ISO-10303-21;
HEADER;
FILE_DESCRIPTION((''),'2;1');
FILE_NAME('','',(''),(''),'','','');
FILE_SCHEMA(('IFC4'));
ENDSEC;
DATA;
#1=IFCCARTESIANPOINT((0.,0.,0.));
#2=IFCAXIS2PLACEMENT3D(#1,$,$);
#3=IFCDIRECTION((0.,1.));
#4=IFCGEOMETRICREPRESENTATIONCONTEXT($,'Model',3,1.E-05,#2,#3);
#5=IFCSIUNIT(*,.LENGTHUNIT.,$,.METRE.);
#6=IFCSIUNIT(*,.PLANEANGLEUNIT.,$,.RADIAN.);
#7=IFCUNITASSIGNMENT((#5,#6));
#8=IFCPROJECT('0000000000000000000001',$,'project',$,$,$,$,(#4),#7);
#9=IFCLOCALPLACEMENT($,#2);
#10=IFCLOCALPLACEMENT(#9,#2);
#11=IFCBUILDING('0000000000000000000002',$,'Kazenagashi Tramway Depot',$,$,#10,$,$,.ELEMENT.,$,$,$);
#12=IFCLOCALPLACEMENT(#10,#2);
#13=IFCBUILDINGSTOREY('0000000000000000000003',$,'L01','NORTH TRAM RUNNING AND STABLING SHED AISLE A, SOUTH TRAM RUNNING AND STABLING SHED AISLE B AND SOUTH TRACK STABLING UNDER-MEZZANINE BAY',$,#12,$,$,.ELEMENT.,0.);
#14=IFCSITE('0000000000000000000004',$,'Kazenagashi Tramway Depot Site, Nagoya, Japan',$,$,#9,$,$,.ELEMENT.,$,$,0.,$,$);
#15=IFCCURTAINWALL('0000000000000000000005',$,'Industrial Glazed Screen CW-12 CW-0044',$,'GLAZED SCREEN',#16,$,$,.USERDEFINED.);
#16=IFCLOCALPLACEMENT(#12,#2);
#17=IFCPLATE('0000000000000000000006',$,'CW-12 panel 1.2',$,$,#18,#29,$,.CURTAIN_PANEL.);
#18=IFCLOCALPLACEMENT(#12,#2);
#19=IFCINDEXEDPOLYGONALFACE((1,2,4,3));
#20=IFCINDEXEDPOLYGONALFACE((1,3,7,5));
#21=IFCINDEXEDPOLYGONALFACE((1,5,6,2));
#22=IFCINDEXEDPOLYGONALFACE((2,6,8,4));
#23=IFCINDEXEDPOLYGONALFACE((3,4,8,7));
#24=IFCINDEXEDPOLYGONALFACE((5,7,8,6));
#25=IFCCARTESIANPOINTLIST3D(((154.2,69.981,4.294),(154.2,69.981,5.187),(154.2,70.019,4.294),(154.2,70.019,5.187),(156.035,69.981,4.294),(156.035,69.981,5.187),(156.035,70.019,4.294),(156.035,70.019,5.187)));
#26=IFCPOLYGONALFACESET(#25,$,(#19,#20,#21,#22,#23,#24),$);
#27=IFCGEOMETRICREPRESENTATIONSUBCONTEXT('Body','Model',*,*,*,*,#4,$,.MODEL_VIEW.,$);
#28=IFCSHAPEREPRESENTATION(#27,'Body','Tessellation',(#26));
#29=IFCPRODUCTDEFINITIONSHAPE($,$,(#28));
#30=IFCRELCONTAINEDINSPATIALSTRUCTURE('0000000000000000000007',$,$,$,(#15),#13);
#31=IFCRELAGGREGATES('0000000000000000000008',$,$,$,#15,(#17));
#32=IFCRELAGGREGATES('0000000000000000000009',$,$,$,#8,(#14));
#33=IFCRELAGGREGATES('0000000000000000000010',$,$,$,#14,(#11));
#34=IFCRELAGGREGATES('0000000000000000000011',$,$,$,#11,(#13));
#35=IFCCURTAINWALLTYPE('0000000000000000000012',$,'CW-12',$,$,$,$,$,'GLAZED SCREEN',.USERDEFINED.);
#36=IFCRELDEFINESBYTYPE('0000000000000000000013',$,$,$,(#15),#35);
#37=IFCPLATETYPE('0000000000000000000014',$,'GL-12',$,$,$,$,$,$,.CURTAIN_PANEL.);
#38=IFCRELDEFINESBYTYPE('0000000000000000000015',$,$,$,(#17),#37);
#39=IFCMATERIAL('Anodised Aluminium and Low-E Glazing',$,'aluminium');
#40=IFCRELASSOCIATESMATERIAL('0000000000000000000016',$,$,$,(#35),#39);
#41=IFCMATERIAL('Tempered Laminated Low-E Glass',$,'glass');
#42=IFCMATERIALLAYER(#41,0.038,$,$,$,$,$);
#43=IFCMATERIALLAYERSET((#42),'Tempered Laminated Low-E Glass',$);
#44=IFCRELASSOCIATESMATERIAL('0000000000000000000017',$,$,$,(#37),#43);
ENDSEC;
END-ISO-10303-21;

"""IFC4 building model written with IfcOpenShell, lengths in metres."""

from ifc_helpers import new_model, si_unit, direction, frame, origin, origin_2d, place, context, subcontext, project, spatial, rectangle, extrude, material, layer, layer_set, type_object, element, aggregate, save


model = new_model("IFC4")

# Units and contexts
model_context = context("Model", 3, precision=1e-05, world=origin(), true_north=direction((0.0, 1.0)))
body_context = subcontext(model_context, "Body", "Model", "MODEL_VIEW")
ifc_project = project(units=[si_unit("LENGTHUNIT", "METRE"), si_unit("PLANEANGLEUNIT", "RADIAN")], contexts=[model_context])

# Site, building, storey
site_placement = place(None, origin())
site = spatial("IfcSite", under=ifc_project, at=site_placement, Name="Kazenagashi Tramway Depot Site, Nagoya, Japan", CompositionType="ELEMENT", RefElevation=0.0)
building_placement = place(site_placement, origin())
building = spatial("IfcBuilding", under=site, at=building_placement, Name="Kazenagashi Tramway Depot", CompositionType="ELEMENT")
storey_placement = place(building_placement, origin())
storey = spatial("IfcBuildingStorey", under=building, at=storey_placement, Name="L01", Description="NORTH TRAM RUNNING AND STABLING SHED AISLE A, SOUTH TRAM RUNNING AND STABLING SHED AISLE B AND SOUTH TRACK STABLING UNDER-MEZZANINE BAY", CompositionType="ELEMENT", Elevation=0.0)

# Curtain wall, plate
ifc_material_1 = material(Name="Anodised Aluminium and Low-E Glazing", Category="aluminium")
curtain_wall_type = type_object("IfcCurtainWallType", Name="CW-12", ElementType="GLAZED SCREEN", PredefinedType="USERDEFINED", material=ifc_material_1)
curtain_wall_placement = place(storey_placement, origin())
curtain_wall = element("IfcCurtainWall", 1, at=curtain_wall_placement, inside=storey, type_object=curtain_wall_type, Name="Industrial Glazed Screen CW-12 CW-0044", ObjectType="GLAZED SCREEN", PredefinedType="USERDEFINED")
ifc_material_2 = material(Name="Tempered Laminated Low-E Glass", Category="glass")
ifc_layer = layer(ifc_material_2, 0.038)
ifc_layer_set = layer_set([ifc_layer], Name="Tempered Laminated Low-E Glass")
plate_type = type_object("IfcPlateType", Name="GL-12", PredefinedType="CURTAIN_PANEL", material=ifc_layer_set)
plate_1_placement = place(storey_placement, frame((155.1175, 70.0, 4.294), z_axis=(0.0, 0.0, 1.0), x_axis=(1.0, 0.0, 0.0)))
plate_1 = element("IfcPlate", 2, at=plate_1_placement, type_object=plate_type, Name="CW-12 panel 1.2", PredefinedType="CURTAIN_PANEL", context=body_context, shape_type="SweptSolid", body=[
    extrude(rectangle(XDim=1.835, YDim=0.038, at=origin_2d()), origin(), (0.0, 0.0, 1.0), 0.893),
])
aggregate(curtain_wall, [plate_1])

save(model, "model.ifc")
